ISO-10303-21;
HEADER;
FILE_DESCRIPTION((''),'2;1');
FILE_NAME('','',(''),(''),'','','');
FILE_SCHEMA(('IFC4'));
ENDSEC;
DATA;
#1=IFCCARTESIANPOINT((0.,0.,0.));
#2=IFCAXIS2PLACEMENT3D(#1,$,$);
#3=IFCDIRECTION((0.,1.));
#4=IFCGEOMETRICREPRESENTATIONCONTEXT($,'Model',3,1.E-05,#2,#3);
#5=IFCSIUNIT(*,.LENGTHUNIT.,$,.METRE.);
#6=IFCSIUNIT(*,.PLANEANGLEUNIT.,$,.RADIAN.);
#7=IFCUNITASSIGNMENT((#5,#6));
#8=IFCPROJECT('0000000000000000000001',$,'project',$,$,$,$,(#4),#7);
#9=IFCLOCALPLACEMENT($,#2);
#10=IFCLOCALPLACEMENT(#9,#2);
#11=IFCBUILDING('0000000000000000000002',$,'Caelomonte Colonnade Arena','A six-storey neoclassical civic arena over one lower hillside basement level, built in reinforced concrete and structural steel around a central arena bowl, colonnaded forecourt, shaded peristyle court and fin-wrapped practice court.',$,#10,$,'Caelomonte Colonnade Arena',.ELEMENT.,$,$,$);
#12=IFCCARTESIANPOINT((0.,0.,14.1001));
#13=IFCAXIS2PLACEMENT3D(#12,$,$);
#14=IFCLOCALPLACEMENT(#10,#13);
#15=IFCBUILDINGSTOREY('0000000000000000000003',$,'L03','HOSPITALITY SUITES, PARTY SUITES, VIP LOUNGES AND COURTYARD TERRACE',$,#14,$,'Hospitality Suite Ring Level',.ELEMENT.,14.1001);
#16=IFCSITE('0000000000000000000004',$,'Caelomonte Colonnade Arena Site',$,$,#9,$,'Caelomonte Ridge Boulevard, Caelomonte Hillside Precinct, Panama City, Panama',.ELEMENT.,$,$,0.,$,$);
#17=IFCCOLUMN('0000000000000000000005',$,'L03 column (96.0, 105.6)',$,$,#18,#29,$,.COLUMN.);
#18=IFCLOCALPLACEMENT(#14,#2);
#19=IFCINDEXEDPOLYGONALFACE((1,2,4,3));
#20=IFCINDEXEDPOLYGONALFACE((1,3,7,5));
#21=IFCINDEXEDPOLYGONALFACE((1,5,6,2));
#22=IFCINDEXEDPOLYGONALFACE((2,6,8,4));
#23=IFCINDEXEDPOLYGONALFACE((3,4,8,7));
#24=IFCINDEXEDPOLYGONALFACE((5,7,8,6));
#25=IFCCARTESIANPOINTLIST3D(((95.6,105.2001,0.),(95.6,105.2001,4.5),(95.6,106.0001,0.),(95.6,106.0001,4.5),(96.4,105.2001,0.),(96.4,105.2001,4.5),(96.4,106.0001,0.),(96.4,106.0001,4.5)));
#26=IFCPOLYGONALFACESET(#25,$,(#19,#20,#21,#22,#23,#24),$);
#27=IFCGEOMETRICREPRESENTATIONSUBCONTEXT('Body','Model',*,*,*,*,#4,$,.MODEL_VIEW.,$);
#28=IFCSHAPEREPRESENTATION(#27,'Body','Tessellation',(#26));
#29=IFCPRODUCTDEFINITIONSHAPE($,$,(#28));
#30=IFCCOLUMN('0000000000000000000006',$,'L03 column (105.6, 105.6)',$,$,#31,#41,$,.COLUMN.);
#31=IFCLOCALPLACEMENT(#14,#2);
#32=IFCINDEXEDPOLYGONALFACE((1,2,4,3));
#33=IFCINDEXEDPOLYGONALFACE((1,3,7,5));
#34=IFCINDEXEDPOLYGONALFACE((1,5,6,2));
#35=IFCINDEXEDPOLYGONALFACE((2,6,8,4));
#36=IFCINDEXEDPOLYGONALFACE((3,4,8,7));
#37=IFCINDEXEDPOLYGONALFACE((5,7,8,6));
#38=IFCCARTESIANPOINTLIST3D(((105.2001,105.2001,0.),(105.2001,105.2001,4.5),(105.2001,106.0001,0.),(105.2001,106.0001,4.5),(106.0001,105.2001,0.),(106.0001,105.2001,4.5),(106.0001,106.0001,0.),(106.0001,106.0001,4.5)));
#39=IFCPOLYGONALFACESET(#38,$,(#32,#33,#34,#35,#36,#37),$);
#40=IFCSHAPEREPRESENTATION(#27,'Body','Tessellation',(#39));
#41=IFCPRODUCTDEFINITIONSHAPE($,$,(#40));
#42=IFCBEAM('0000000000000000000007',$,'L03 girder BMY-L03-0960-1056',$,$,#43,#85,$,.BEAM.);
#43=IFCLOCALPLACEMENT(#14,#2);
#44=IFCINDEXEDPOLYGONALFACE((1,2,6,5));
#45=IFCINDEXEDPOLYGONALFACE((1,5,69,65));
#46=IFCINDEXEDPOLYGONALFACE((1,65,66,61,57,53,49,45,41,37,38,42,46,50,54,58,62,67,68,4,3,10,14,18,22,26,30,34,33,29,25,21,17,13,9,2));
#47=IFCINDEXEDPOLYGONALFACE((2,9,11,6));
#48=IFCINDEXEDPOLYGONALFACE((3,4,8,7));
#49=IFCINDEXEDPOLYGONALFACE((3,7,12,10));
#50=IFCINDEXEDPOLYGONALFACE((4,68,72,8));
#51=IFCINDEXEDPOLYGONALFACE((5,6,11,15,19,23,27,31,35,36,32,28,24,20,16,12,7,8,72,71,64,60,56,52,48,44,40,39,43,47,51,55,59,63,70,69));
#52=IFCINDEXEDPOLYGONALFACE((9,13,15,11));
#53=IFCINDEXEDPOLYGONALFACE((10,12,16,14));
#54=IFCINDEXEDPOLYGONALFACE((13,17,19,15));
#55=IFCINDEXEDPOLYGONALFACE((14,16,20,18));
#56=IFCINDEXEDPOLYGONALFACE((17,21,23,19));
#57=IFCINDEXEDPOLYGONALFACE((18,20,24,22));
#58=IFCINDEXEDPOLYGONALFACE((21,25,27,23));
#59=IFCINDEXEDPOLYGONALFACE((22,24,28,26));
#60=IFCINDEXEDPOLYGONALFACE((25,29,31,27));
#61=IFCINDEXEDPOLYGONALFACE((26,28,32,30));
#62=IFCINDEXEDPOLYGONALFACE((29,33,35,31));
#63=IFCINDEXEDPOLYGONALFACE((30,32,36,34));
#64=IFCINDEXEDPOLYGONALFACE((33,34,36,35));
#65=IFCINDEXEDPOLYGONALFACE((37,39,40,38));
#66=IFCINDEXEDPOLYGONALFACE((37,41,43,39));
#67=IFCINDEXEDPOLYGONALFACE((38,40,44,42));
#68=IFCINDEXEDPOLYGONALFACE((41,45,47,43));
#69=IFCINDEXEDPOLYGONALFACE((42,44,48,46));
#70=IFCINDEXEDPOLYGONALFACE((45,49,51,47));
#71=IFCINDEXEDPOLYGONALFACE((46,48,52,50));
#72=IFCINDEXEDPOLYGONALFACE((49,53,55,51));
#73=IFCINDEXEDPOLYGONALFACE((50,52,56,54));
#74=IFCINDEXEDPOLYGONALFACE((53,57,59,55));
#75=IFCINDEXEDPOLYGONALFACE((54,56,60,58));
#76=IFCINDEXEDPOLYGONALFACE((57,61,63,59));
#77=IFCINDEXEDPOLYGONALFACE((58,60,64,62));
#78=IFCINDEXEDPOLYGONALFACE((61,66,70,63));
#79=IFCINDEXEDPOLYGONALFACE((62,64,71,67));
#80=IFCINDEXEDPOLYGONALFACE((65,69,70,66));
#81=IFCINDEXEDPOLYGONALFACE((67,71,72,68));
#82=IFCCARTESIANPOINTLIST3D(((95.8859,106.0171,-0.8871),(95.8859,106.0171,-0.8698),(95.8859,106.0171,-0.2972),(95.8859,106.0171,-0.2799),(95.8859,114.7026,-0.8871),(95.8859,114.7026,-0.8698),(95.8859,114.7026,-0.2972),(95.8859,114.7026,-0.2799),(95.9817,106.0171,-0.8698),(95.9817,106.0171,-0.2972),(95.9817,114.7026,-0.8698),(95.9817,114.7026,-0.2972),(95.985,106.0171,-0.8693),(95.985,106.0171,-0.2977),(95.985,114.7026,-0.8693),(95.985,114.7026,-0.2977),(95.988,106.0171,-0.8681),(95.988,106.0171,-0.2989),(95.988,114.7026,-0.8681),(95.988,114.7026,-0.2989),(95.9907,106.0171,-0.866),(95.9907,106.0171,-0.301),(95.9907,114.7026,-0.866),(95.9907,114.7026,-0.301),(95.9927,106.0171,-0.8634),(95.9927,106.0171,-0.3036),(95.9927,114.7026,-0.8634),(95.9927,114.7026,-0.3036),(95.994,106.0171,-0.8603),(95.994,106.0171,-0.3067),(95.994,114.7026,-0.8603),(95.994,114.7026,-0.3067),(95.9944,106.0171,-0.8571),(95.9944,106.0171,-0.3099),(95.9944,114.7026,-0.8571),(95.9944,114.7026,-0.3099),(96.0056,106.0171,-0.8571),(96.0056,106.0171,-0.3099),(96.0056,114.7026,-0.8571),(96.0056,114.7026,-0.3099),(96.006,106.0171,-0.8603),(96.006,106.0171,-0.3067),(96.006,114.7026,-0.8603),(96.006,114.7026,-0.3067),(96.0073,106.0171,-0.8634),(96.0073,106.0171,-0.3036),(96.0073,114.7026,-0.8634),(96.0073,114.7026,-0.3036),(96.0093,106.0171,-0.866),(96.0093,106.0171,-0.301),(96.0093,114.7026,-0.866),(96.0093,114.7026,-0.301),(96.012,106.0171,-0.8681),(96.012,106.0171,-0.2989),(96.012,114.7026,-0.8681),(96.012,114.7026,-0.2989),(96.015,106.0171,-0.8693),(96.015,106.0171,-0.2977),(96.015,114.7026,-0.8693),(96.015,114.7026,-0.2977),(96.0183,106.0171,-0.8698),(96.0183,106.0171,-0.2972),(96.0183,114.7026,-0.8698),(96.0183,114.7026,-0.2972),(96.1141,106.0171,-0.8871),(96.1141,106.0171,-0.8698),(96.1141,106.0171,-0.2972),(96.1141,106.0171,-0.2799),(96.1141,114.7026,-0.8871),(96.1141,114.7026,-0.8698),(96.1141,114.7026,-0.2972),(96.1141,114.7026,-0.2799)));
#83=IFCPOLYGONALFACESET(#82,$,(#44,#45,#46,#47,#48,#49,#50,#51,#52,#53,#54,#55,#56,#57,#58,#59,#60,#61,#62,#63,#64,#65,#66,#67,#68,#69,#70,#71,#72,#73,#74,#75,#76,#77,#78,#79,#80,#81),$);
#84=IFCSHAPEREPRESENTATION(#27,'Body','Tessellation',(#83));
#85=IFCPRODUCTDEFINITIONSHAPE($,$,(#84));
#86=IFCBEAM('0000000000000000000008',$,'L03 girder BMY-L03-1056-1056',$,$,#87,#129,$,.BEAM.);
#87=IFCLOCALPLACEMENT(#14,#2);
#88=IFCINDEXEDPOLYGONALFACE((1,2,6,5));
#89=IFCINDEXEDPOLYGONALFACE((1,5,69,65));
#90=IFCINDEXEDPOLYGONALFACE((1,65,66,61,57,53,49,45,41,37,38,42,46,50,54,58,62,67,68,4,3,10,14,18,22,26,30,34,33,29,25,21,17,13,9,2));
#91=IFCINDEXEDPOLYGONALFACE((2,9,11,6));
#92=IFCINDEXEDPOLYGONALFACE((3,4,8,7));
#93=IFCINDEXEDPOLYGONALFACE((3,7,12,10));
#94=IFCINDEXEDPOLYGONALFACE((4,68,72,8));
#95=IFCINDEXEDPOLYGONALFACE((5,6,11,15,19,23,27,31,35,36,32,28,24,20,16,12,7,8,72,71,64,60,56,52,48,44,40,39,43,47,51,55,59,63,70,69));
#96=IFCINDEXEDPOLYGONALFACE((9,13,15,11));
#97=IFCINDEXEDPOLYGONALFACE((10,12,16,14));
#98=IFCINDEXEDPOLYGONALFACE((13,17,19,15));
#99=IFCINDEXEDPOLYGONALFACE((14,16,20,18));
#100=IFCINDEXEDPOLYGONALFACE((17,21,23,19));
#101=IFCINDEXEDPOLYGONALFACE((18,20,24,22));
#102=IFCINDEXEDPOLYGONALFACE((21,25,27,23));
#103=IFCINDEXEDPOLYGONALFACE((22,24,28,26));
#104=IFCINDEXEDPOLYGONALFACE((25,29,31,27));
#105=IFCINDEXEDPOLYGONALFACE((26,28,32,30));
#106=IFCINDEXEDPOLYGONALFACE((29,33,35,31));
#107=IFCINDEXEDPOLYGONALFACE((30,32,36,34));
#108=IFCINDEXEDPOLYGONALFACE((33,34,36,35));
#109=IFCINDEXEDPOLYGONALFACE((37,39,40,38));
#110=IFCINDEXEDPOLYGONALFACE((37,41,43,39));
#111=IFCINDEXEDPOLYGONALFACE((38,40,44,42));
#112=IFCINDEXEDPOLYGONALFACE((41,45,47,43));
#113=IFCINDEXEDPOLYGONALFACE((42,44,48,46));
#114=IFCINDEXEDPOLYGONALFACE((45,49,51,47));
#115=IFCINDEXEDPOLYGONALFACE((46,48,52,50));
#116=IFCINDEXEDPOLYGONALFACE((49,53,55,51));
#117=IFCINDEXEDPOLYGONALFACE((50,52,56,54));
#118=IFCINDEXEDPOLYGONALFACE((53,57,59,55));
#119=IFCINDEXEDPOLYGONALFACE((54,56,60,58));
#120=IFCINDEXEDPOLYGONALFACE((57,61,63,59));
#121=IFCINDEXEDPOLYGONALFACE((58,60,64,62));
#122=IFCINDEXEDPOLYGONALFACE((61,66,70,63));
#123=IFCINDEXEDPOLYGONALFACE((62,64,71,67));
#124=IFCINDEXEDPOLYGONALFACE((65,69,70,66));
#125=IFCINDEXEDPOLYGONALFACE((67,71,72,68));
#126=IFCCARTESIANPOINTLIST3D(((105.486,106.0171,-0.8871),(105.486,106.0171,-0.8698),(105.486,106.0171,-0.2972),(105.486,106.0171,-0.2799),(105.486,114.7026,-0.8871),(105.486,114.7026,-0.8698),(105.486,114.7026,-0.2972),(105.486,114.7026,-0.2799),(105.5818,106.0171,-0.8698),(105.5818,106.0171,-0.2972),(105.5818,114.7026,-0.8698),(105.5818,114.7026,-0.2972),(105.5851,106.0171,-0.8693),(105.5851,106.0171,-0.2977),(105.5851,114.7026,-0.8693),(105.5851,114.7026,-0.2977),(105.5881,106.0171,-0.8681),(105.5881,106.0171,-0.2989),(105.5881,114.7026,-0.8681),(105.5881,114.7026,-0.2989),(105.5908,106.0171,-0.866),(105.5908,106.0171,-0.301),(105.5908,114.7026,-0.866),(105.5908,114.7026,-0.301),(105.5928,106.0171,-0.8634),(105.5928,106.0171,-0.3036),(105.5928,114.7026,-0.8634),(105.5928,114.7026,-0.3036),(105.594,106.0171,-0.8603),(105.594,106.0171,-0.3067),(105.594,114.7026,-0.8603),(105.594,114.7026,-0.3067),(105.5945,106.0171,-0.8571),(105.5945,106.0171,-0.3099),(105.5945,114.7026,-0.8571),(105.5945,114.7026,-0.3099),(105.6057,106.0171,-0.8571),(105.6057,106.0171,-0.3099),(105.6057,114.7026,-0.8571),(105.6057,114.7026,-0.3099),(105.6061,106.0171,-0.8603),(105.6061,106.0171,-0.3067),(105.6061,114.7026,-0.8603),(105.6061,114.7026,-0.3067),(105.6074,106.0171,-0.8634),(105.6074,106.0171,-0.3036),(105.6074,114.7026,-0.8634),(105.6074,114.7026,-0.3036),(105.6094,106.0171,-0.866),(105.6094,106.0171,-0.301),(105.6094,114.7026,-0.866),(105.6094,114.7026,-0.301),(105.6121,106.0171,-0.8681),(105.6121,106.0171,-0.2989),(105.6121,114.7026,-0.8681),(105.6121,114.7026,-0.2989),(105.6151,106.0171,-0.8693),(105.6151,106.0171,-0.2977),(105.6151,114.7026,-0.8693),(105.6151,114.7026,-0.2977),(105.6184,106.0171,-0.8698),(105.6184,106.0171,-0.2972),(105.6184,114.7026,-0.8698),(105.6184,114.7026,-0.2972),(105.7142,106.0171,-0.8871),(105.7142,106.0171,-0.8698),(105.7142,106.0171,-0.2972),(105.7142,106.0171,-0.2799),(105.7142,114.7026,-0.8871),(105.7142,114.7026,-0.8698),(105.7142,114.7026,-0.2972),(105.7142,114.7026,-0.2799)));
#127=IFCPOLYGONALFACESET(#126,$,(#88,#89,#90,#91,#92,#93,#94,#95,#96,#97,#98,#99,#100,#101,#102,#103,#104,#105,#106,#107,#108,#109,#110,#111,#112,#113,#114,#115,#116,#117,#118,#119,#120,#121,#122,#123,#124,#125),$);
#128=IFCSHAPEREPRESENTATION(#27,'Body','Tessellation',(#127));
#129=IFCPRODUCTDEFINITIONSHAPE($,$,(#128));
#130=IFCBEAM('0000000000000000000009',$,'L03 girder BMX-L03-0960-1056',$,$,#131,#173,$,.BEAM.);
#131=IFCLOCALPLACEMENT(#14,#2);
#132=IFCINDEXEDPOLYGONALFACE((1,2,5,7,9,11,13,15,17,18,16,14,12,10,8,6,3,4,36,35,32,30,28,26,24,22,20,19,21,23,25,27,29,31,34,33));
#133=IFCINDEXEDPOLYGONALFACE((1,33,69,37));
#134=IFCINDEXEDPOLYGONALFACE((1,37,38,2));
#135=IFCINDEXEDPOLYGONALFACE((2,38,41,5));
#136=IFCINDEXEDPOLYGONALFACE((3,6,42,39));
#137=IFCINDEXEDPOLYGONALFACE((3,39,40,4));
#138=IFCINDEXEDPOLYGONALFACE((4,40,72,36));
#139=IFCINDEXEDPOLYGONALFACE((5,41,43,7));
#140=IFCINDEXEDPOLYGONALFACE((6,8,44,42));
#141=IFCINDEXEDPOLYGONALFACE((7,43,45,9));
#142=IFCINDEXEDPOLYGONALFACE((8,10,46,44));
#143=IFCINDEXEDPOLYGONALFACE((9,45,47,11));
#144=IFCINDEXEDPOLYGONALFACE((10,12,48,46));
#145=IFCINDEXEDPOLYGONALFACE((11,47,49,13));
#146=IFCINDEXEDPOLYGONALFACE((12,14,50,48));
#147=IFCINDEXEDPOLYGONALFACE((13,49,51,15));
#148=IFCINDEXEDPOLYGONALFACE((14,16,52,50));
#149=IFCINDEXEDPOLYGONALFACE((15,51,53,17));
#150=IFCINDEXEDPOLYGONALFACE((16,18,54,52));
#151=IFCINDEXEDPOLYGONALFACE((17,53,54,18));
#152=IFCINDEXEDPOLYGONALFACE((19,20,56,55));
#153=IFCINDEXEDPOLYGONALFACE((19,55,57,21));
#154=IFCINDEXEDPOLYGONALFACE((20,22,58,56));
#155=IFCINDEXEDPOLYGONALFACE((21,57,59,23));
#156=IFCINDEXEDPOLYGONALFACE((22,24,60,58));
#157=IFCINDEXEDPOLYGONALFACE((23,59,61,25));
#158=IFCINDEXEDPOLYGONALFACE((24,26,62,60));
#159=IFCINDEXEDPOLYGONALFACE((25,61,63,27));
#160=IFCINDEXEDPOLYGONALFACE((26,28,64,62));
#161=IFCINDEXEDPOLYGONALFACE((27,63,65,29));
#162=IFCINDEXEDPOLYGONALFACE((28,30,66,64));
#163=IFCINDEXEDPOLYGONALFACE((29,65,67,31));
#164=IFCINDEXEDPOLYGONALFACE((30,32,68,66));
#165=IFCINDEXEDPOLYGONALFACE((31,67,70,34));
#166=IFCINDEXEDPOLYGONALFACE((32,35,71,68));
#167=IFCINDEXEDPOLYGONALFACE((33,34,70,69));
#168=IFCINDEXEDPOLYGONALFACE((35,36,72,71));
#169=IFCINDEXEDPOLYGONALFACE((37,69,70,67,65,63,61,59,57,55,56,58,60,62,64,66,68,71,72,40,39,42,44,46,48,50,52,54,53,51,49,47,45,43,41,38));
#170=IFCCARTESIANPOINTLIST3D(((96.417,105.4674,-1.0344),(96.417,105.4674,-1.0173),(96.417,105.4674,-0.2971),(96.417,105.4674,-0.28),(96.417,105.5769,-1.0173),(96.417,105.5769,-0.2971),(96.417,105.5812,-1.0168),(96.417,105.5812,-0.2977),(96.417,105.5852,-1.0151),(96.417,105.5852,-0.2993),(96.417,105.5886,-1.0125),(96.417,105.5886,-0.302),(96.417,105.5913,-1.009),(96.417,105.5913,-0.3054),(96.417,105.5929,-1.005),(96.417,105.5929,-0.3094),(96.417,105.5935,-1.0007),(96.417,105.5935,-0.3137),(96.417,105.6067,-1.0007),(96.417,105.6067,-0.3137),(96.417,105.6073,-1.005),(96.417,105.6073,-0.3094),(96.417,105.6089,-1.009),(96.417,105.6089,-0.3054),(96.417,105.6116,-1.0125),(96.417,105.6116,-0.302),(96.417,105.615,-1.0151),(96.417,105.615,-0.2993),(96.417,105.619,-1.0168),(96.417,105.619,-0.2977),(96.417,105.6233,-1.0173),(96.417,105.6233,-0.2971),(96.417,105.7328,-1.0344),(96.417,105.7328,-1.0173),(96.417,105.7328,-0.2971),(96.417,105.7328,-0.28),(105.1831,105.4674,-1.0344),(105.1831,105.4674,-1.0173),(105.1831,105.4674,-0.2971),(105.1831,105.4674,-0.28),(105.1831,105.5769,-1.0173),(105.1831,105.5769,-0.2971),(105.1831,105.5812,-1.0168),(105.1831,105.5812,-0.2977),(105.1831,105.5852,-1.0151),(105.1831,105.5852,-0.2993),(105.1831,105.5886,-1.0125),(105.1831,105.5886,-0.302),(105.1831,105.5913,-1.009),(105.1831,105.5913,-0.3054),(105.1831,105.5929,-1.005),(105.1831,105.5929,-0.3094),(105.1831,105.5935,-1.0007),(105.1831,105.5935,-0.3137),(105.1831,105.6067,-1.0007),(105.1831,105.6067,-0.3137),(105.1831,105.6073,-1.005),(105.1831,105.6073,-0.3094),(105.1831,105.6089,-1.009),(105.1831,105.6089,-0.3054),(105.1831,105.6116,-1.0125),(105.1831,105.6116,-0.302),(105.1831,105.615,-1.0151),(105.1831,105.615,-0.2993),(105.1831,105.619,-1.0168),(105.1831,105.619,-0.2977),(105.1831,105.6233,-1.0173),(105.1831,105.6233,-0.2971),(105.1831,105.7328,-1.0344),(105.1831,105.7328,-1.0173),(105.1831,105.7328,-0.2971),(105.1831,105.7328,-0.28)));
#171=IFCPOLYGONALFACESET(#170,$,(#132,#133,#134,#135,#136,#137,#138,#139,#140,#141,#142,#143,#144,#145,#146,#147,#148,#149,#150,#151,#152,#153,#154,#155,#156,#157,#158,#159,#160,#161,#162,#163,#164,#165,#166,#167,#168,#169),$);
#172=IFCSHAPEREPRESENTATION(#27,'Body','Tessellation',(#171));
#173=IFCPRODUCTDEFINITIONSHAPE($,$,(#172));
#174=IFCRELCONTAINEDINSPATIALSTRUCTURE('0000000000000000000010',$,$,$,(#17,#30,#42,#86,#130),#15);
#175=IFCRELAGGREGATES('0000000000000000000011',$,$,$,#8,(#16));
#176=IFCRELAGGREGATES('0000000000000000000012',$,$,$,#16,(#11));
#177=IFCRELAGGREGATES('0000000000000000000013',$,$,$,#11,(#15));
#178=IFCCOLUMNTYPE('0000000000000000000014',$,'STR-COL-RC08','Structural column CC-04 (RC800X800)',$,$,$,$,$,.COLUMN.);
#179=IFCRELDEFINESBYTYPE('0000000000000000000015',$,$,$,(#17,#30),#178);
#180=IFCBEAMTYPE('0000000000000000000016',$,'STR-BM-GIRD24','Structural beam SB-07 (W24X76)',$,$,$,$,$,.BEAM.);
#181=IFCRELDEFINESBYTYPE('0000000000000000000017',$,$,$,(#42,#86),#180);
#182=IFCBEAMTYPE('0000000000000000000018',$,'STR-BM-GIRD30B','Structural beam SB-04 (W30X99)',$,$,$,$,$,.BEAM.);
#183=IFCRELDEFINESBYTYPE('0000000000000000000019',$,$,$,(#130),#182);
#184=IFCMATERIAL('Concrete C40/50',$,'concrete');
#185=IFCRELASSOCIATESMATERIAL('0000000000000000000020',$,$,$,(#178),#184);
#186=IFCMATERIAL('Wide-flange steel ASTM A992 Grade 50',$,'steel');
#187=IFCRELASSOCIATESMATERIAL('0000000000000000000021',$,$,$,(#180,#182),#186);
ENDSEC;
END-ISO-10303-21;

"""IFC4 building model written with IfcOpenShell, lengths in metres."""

from ifc_helpers import new_model, si_unit, direction, frame, origin, origin_2d, place, context, subcontext, project, spatial, rectangle, i_section, extrude, material, material_profile, profile_set, type_object, element, save


model = new_model("IFC4")

# Units and contexts
model_context = context("Model", 3, precision=1e-05, world=origin(), true_north=direction((0.0, 1.0)))
body_context = subcontext(model_context, "Body", "Model", "MODEL_VIEW")
ifc_project = project(units=[si_unit("LENGTHUNIT", "METRE"), si_unit("PLANEANGLEUNIT", "RADIAN")], contexts=[model_context])

# Site, building, storey
site_placement = place(None, origin())
site = spatial("IfcSite", under=ifc_project, at=site_placement, Name="Caelomonte Colonnade Arena Site", LongName="Caelomonte Ridge Boulevard, Caelomonte Hillside Precinct, Panama City, Panama", CompositionType="ELEMENT", RefElevation=0.0)
building_placement = place(site_placement, origin())
building = spatial("IfcBuilding", under=site, at=building_placement, Name="Caelomonte Colonnade Arena", Description="A six-storey neoclassical civic arena over one lower hillside basement level, built in reinforced concrete and structural steel around a central arena bowl, colonnaded forecourt, shaded peristyle court and fin-wrapped practice court.", LongName="Caelomonte Colonnade Arena", CompositionType="ELEMENT")
storey_placement = place(building_placement, frame((0.0, 0.0, 14.1001)))
storey = spatial("IfcBuildingStorey", under=building, at=storey_placement, Name="L03", Description="HOSPITALITY SUITES, PARTY SUITES, VIP LOUNGES AND COURTYARD TERRACE", LongName="Hospitality Suite Ring Level", CompositionType="ELEMENT", Elevation=14.1001)

# Columns
ifc_material_1 = material(Name="Concrete C40/50", Category="concrete")
ifc_material_profile_1 = material_profile(ifc_material_1, rectangle(XDim=0.8, YDim=0.8, at=origin_2d()), Name="RC800X800")
ifc_profile_set_1 = profile_set([ifc_material_profile_1], Name="Concrete C40/50")
column_type = type_object("IfcColumnType", Name="STR-COL-RC08", Description="Structural column CC-04 (RC800X800)", PredefinedType="COLUMN", material=ifc_profile_set_1)
for number, where, z_axis, x_axis, name in (
    (1, (96.0, 105.6001, 0.0), (0.0, 0.0, 1.0), (1.0, 0.0, 0.0), "L03 column (96.0, 105.6)"),
    (2, (105.6001, 105.6001, 0.0), (0.0, 0.0, 1.0), (1.0, 0.0, 0.0), "L03 column (105.6, 105.6)"),
):
    element("IfcColumn", number, at=place(storey_placement, frame(where, z_axis=z_axis, x_axis=x_axis)), inside=storey, type_object=column_type, Name=name, PredefinedType="COLUMN", context=body_context, shape_type="SweptSolid", body=[
        extrude(rectangle(XDim=0.8, YDim=0.8, at=origin_2d()), origin(), (0.0, 0.0, 1.0), 4.5),
    ])

# Beams
ifc_material_2 = material(Name="Wide-flange steel ASTM A992 Grade 50", Category="steel")
ifc_material_profile_2 = material_profile(ifc_material_2, i_section(OverallWidth=0.2283, OverallDepth=0.6072, WebThickness=0.0112, FlangeThickness=0.0173, FilletRadius=0.0127, at=origin_2d()), Name="W24X76")
ifc_profile_set_2 = profile_set([ifc_material_profile_2], Name="Wide-flange steel ASTM A992 Grade 50")
beam_type_1 = type_object("IfcBeamType", Name="STR-BM-GIRD24", Description="Structural beam SB-07 (W24X76)", PredefinedType="BEAM", material=ifc_profile_set_2)
for number, where, z_axis, x_axis, name in (
    (3, (96.0, 106.0171, -0.5835), (0.0, 1.0, 0.0), (-1.0, 0.0, 0.0), "L03 girder BMY-L03-0960-1056"),
    (4, (105.6001, 106.0171, -0.5835), (0.0, 1.0, 0.0), (-1.0, 0.0, 0.0), "L03 girder BMY-L03-1056-1056"),
):
    element("IfcBeam", number, at=place(storey_placement, frame(where, z_axis=z_axis, x_axis=x_axis)), inside=storey, type_object=beam_type_1, Name=name, PredefinedType="BEAM", context=body_context, shape_type="SweptSolid", body=[
        extrude(i_section(OverallWidth=0.2283, OverallDepth=0.6072, WebThickness=0.0112, FlangeThickness=0.0173, FilletRadius=0.0127, at=origin_2d()), origin(), (0.0, 0.0, 1.0), 8.6855),
    ])
ifc_material_profile_3 = material_profile(ifc_material_2, i_section(OverallWidth=0.2654, OverallDepth=0.7544, WebThickness=0.0132, FlangeThickness=0.0171, FilletRadius=0.0166, at=origin_2d()), Name="W30X99")
ifc_profile_set_3 = profile_set([ifc_material_profile_3], Name="Wide-flange steel ASTM A992 Grade 50")
beam_type_2 = type_object("IfcBeamType", Name="STR-BM-GIRD30B", Description="Structural beam SB-04 (W30X99)", PredefinedType="BEAM", material=ifc_profile_set_3)
beam_1_placement = place(storey_placement, frame((96.417, 105.6001, -0.6572), z_axis=(1.0, 0.0, 0.0), x_axis=(0.0, 1.0, 0.0)))
element("IfcBeam", 5, at=beam_1_placement, inside=storey, type_object=beam_type_2, Name="L03 girder BMX-L03-0960-1056", PredefinedType="BEAM", context=body_context, shape_type="SweptSolid", body=[
    extrude(i_section(OverallWidth=0.2654, OverallDepth=0.7544, WebThickness=0.0132, FlangeThickness=0.0171, FilletRadius=0.0166, at=origin_2d()), origin(), (0.0, 0.0, 1.0), 8.7661),
])

save(model, "model.ifc")
